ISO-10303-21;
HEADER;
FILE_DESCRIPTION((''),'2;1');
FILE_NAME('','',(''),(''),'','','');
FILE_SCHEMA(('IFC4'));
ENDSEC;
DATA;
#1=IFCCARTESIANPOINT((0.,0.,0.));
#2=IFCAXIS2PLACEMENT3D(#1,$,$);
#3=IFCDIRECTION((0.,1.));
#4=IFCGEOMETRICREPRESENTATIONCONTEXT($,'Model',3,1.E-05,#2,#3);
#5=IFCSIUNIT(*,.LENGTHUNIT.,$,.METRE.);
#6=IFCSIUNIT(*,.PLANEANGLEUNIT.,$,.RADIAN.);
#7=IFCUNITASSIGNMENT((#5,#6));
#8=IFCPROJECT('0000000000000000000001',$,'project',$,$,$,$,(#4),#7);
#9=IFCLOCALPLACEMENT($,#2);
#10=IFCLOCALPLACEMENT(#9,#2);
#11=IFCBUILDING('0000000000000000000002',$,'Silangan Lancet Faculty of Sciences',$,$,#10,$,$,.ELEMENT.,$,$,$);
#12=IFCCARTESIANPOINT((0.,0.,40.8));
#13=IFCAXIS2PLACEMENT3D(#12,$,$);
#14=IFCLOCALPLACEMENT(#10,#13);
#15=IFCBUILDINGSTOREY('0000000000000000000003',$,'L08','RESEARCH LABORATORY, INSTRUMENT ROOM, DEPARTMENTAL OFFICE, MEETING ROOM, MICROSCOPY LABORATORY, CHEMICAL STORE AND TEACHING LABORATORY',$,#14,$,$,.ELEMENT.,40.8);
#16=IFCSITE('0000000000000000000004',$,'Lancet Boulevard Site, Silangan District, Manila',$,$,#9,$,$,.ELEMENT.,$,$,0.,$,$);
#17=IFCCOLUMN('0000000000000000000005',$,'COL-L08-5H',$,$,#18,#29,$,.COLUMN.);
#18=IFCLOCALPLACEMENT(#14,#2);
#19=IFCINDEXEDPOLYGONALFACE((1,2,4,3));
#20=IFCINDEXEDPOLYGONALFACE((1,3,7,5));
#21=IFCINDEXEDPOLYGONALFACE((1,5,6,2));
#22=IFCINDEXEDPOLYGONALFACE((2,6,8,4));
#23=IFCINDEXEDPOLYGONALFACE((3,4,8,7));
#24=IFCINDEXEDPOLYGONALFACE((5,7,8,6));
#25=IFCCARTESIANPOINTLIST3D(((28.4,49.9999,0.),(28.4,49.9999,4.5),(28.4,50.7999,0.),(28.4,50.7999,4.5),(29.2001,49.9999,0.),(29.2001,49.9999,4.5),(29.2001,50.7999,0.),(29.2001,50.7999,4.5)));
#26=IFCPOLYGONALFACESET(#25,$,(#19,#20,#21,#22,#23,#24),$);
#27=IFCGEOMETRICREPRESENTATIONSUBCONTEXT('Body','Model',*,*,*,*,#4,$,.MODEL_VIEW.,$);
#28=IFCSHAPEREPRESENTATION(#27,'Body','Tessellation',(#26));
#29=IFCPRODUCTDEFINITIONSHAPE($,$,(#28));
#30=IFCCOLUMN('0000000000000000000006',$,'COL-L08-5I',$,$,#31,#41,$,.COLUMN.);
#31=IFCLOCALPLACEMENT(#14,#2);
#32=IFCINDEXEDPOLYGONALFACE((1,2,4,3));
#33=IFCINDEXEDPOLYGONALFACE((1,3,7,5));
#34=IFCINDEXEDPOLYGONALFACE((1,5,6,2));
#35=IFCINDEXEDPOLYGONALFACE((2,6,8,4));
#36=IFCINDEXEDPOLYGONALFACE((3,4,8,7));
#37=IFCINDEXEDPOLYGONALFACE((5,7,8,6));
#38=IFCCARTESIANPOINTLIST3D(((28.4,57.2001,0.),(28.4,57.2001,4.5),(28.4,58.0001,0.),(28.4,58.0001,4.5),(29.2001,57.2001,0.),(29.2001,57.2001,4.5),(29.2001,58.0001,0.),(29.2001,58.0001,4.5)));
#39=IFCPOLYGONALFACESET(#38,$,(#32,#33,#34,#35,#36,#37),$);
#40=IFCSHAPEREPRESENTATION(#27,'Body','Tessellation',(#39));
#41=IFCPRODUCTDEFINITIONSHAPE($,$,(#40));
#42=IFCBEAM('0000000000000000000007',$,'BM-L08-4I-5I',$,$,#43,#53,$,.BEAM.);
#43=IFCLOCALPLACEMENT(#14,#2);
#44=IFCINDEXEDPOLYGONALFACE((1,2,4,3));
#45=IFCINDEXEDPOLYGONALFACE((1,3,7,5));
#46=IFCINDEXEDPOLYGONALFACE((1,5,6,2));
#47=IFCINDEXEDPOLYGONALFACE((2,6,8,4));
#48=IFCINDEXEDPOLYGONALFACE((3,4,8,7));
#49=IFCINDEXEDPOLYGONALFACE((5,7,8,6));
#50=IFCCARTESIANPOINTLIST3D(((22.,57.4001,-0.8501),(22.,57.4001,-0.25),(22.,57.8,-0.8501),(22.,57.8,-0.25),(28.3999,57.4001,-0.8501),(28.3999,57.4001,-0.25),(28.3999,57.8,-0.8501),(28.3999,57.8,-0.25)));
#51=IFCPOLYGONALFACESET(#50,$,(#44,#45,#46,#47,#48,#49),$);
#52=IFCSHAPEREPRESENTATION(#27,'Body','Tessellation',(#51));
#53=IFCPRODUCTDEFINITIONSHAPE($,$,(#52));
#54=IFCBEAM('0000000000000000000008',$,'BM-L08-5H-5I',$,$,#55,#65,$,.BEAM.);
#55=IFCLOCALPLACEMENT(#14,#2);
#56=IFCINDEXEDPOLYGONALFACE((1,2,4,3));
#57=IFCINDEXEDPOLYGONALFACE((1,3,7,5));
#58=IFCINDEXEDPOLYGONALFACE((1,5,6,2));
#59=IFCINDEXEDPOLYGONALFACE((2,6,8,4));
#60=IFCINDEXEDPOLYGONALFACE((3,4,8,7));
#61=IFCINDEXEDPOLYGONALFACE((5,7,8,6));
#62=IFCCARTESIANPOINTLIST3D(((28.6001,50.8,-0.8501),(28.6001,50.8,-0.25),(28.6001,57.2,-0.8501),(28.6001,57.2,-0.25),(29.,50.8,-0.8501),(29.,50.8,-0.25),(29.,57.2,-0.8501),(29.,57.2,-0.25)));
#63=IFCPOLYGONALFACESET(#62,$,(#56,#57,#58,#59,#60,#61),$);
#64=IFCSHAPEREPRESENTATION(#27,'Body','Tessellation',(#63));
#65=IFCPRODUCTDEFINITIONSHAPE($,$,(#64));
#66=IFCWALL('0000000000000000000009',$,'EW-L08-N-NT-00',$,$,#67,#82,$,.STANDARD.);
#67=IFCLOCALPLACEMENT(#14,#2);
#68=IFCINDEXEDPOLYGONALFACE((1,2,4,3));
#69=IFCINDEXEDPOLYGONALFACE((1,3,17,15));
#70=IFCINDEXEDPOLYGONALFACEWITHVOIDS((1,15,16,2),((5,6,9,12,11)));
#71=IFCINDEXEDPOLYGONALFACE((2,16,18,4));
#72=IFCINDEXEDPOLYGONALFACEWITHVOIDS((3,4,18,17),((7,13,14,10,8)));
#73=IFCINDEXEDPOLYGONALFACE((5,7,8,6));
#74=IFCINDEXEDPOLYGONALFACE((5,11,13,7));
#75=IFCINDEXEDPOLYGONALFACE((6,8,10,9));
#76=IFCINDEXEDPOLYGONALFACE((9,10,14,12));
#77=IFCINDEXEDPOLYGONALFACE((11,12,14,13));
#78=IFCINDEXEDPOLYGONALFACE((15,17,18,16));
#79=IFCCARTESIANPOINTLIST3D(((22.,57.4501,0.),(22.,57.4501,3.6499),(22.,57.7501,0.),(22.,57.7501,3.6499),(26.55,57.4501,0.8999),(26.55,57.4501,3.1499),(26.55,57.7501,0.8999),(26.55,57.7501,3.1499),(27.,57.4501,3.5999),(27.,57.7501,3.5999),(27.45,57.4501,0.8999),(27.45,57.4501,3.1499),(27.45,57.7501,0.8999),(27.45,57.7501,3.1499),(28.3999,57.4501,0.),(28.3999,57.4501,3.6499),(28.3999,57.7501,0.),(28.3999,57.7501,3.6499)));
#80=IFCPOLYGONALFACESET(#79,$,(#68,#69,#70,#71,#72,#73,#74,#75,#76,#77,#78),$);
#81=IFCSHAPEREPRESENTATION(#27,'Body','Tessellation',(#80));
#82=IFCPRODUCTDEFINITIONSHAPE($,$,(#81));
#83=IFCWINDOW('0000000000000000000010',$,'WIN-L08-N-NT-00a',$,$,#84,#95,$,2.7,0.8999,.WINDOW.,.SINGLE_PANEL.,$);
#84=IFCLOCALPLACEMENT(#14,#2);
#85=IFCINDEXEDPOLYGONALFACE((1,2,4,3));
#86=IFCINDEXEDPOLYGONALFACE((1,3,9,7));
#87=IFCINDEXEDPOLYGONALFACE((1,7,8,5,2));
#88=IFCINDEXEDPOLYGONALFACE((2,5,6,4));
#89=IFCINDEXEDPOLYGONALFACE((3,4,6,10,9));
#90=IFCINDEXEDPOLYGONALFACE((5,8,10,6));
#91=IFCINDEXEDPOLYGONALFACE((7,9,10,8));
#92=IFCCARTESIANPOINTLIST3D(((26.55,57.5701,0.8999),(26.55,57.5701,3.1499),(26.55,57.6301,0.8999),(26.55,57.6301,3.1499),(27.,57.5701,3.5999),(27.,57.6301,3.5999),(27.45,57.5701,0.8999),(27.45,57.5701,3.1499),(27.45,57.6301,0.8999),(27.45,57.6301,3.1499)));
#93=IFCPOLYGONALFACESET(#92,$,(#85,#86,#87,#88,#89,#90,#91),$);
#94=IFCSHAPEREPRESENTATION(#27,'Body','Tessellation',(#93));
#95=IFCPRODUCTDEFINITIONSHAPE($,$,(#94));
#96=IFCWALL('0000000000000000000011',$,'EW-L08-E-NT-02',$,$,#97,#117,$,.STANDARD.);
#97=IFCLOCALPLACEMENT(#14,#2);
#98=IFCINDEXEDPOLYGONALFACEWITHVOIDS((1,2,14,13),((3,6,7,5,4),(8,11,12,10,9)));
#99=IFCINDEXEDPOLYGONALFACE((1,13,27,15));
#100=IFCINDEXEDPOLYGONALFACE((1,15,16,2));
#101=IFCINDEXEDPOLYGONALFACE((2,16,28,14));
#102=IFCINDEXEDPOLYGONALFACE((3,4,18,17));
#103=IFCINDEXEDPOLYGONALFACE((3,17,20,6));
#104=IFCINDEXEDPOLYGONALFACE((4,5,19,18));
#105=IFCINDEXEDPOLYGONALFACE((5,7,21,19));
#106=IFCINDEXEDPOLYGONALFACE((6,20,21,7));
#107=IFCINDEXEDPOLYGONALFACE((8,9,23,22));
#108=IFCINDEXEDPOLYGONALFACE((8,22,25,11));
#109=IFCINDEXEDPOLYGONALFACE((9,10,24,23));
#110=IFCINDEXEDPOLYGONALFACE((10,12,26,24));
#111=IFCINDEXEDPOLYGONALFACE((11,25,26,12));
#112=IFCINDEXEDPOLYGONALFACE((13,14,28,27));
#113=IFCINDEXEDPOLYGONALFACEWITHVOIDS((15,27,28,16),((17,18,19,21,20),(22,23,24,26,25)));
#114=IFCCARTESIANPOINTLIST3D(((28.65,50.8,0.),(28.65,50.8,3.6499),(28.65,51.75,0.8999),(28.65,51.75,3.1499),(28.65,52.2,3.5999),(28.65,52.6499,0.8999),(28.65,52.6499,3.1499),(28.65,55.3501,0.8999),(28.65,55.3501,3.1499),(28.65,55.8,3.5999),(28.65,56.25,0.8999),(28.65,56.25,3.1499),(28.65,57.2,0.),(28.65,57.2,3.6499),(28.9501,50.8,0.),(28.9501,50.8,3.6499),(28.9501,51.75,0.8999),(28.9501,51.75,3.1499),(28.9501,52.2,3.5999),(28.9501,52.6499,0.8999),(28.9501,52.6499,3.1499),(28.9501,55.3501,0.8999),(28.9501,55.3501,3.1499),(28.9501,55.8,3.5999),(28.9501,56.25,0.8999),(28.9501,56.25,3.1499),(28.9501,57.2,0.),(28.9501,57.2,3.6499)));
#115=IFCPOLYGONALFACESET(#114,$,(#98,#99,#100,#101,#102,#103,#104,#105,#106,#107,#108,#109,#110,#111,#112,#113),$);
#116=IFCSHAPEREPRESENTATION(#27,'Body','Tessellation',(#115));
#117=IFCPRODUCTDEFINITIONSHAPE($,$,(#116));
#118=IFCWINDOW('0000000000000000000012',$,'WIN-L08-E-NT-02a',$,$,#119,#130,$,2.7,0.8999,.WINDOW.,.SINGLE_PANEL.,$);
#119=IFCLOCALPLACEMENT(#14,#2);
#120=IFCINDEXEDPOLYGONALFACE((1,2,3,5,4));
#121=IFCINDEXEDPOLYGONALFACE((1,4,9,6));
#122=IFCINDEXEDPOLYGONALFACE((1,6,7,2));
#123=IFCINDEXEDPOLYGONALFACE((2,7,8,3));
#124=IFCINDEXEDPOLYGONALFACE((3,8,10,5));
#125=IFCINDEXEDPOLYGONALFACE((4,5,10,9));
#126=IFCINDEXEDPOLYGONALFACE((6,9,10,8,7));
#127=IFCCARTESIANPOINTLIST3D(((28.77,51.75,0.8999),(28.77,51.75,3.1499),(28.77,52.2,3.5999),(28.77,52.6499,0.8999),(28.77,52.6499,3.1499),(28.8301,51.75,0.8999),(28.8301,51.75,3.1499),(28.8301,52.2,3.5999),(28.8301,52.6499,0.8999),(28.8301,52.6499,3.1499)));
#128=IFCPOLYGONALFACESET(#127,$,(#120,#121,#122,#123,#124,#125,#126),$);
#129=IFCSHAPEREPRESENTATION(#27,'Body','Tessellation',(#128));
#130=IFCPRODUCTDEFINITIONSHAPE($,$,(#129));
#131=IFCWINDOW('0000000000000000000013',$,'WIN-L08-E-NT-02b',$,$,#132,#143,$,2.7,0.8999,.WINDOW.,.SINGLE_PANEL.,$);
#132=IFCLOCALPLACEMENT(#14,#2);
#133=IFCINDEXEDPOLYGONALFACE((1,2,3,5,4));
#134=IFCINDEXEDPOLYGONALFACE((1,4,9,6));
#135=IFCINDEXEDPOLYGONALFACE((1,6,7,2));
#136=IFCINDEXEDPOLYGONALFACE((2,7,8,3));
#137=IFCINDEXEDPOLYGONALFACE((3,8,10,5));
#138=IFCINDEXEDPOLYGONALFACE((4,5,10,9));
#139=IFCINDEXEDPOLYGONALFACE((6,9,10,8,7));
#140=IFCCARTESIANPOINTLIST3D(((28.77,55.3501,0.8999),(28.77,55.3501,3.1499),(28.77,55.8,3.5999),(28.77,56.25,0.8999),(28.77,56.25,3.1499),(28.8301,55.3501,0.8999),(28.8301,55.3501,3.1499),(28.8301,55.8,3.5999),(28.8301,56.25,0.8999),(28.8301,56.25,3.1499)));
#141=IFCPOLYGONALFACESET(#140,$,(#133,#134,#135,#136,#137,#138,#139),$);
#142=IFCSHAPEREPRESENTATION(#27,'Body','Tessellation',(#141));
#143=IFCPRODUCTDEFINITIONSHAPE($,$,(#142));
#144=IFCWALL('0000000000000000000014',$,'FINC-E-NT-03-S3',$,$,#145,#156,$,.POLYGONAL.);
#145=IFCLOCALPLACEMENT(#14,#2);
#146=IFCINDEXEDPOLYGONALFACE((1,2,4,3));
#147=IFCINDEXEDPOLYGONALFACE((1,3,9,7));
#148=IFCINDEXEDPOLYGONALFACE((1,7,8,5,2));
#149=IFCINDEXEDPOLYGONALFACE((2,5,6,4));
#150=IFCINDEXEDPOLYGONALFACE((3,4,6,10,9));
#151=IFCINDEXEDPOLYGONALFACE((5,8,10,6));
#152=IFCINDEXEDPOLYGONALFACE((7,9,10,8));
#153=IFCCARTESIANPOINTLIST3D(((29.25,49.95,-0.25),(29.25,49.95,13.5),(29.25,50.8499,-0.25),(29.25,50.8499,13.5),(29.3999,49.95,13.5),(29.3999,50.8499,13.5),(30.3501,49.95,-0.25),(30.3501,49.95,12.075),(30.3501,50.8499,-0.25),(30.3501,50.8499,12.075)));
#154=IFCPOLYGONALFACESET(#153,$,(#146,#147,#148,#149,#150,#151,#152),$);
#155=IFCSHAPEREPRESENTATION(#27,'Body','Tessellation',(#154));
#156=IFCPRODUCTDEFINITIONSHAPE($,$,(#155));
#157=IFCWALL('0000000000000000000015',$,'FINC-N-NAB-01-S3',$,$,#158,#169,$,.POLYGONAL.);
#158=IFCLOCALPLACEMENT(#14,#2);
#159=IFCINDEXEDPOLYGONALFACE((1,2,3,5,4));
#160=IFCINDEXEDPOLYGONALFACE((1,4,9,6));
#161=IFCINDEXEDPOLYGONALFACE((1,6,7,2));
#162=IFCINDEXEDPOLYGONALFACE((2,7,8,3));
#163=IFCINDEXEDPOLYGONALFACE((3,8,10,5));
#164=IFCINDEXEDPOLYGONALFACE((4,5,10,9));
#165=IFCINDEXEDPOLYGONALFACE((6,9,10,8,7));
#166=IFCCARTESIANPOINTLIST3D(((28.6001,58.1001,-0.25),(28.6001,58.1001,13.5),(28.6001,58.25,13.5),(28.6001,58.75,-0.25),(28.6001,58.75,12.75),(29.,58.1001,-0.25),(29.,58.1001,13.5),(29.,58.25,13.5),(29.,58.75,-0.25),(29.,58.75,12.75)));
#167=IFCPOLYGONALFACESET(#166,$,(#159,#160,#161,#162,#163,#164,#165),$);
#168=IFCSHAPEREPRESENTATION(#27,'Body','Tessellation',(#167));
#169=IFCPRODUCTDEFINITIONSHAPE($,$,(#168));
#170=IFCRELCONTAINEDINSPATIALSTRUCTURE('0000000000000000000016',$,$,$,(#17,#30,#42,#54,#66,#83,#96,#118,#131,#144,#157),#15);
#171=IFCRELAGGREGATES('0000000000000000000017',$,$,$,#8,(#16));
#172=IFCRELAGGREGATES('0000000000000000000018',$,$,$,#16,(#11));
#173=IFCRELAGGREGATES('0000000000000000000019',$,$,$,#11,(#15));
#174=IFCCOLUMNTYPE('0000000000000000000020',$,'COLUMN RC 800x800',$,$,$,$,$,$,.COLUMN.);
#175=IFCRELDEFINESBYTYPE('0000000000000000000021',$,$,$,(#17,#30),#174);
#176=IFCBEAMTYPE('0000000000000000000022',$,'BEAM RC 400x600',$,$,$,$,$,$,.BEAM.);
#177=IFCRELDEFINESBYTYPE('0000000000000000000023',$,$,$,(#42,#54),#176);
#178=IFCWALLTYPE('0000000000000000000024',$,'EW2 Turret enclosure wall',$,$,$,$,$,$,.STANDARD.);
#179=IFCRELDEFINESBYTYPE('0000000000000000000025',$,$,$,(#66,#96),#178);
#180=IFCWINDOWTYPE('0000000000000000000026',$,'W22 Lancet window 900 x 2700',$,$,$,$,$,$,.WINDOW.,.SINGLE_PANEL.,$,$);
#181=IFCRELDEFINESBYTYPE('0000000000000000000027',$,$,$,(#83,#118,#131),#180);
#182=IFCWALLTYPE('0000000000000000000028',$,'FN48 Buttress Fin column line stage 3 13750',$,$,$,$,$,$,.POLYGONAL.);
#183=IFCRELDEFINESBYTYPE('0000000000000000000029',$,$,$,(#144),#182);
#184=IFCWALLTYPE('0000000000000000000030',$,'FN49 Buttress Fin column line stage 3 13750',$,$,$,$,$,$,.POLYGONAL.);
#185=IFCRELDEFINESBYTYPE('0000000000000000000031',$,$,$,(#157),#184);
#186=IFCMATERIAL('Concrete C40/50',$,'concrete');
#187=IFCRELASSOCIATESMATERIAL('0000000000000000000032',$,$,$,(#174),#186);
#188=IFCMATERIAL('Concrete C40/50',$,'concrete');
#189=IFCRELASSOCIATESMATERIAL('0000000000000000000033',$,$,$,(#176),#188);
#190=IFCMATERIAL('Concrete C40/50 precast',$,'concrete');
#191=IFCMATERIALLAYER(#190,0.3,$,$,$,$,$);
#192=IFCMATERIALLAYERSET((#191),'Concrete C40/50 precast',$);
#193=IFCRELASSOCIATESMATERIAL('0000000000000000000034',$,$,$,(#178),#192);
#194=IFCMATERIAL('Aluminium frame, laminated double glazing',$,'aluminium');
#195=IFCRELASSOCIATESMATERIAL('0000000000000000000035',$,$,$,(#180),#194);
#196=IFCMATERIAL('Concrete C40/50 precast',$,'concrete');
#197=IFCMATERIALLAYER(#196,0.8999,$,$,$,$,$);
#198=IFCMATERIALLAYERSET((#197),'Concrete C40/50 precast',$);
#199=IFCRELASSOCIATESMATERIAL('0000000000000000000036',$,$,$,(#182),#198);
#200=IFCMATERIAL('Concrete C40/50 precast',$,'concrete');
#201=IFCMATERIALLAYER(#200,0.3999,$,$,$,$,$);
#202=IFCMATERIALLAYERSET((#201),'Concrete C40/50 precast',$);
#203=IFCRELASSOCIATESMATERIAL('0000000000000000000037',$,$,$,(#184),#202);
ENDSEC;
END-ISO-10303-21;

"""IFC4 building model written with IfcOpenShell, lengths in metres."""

from ifc_helpers import new_model, si_unit, direction, frame, frame_2d, origin, origin_2d, place, context, subcontext, project, spatial, polyline, rectangle, outline, extrude, material, layer, layer_set, material_profile, profile_set, type_object, element, fill, save


model = new_model("IFC4")

# Units and contexts
model_context = context("Model", 3, precision=1e-05, world=origin(), true_north=direction((0.0, 1.0)))
body_context = subcontext(model_context, "Body", "Model", "MODEL_VIEW")
ifc_project = project(units=[si_unit("LENGTHUNIT", "METRE"), si_unit("PLANEANGLEUNIT", "RADIAN")], contexts=[model_context])

# Site, building, storey
site_placement = place(None, origin())
site = spatial("IfcSite", under=ifc_project, at=site_placement, Name="Lancet Boulevard Site, Silangan District, Manila", CompositionType="ELEMENT", RefElevation=0.0)
building_placement = place(site_placement, origin())
building = spatial("IfcBuilding", under=site, at=building_placement, Name="Silangan Lancet Faculty of Sciences", CompositionType="ELEMENT")
storey_placement = place(building_placement, frame((0.0, 0.0, 40.8)))
storey = spatial("IfcBuildingStorey", under=building, at=storey_placement, Name="L08", Description="RESEARCH LABORATORY, INSTRUMENT ROOM, DEPARTMENTAL OFFICE, MEETING ROOM, MICROSCOPY LABORATORY, CHEMICAL STORE AND TEACHING LABORATORY", CompositionType="ELEMENT", Elevation=40.8)

# Columns
ifc_material_1 = material(Name="Concrete C40/50", Category="concrete")
ifc_material_profile_1 = material_profile(ifc_material_1, rectangle(XDim=0.8, YDim=0.8, at=origin_2d()), Name="RC 800x800")
ifc_profile_set_1 = profile_set([ifc_material_profile_1], Name="Concrete C40/50")
column_type = type_object("IfcColumnType", Name="COLUMN RC 800x800", PredefinedType="COLUMN", material=ifc_profile_set_1)
for number, where, z_axis, x_axis, name in (
    (1, (28.8, 50.3999, 0.0), (0.0, 0.0, 1.0), (1.0, 0.0, 0.0), "COL-L08-5H"),
    (2, (28.8, 57.6001, 0.0), (0.0, 0.0, 1.0), (1.0, 0.0, 0.0), "COL-L08-5I"),
):
    element("IfcColumn", number, at=place(storey_placement, frame(where, z_axis=z_axis, x_axis=x_axis)), inside=storey, type_object=column_type, Name=name, PredefinedType="COLUMN", context=body_context, shape_type="SweptSolid", body=[
        extrude(rectangle(XDim=0.8, YDim=0.8, at=origin_2d()), origin(), (0.0, 0.0, 1.0), 4.5),
    ])

# Beams
ifc_material_2 = material(Name="Concrete C40/50", Category="concrete")
ifc_material_profile_2 = material_profile(ifc_material_2, rectangle(XDim=0.3999, YDim=0.6001, at=origin_2d()), Name="RC 400x600")
ifc_profile_set_2 = profile_set([ifc_material_profile_2], Name="Concrete C40/50")
beam_type = type_object("IfcBeamType", Name="BEAM RC 400x600", PredefinedType="BEAM", material=ifc_profile_set_2)
for number, where, z_axis, x_axis, name in (
    (3, (22.0, 57.6001, -0.55), (1.0, 0.0, 0.0), (0.0, 1.0, 0.0), "BM-L08-4I-5I"),
    (4, (28.8, 50.8, -0.55), (0.0, 1.0, 0.0), (-1.0, 0.0, 0.0), "BM-L08-5H-5I"),
):
    element("IfcBeam", number, at=place(storey_placement, frame(where, z_axis=z_axis, x_axis=x_axis)), inside=storey, type_object=beam_type, Name=name, PredefinedType="BEAM", context=body_context, shape_type="SweptSolid", body=[
        extrude(rectangle(XDim=0.3999, YDim=0.6001, at=origin_2d()), origin(), (0.0, 0.0, 1.0), 6.3999),
    ])

# Wall, opening, window
ifc_material_3 = material(Name="Concrete C40/50 precast", Category="concrete")
ifc_layer_1 = layer(ifc_material_3, 0.3)
ifc_layer_set_1 = layer_set([ifc_layer_1], Name="Concrete C40/50 precast")
wall_type_1 = type_object("IfcWallType", Name="EW2 Turret enclosure wall", PredefinedType="STANDARD", material=ifc_layer_set_1)
wall_1_placement = place(storey_placement, frame((28.3999, 57.6001, 0.0), z_axis=(0.0, 0.0, 1.0), x_axis=(-1.0, 0.0, 0.0)))
wall_1 = element("IfcWall", 5, at=wall_1_placement, inside=storey, type_object=wall_type_1, Name="EW-L08-N-NT-00", PredefinedType="STANDARD", context=body_context, shape_type="SweptSolid", body=[
    extrude(rectangle(XDim=6.3999, YDim=0.3, at=frame_2d((3.2, 0.0))), origin(), (0.0, 0.0, 1.0), 3.6499),
])
opening_1_placement = place(wall_1_placement, frame((0.95, 0.0, 0.8999)))
opening_1 = element("IfcOpeningElement", 6, at=opening_1_placement, cuts=wall_1, PredefinedType="OPENING", context=body_context, shape_type="SweptSolid", body=[
    extrude(outline(polyline([(0.0, 0.0), (0.8999, 0.0), (0.8999, 2.25), (0.45, 2.7), (0.0, 2.25), (0.0, 0.0)])), frame((0.0, 0.1599, 0.0), z_axis=(0.0, -1.0, 0.0), x_axis=(1.0, 0.0, 0.0)), (0.0, 0.0, 1.0), 0.3201),
])
ifc_material_4 = material(Name="Aluminium frame, laminated double glazing", Category="aluminium")
window_type = type_object("IfcWindowType", Name="W22 Lancet window 900 x 2700", PartitioningType="SINGLE_PANEL", PredefinedType="WINDOW", material=ifc_material_4)
window_1_placement = place(opening_1_placement, origin())
window_1 = element("IfcWindow", 7, at=window_1_placement, inside=storey, type_object=window_type, Name="WIN-L08-N-NT-00a", OverallHeight=2.7, OverallWidth=0.8999, PartitioningType="SINGLE_PANEL", PredefinedType="WINDOW", context=body_context, shape_type="SweptSolid", body=[
    extrude(outline(polyline([(0.0, 0.0), (0.8999, 0.0), (0.8999, 2.25), (0.45, 2.7), (0.0, 2.25), (0.0, 0.0)])), frame((0.0, 0.03, 0.0), z_axis=(0.0, -1.0, 0.0), x_axis=(1.0, 0.0, 0.0)), (0.0, 0.0, 1.0), 0.0601),
])
fill(opening_1, window_1)

# Wall, openings, windows
wall_2_placement = place(storey_placement, frame((28.8, 50.8, 0.0), z_axis=(0.0, 0.0, 1.0), x_axis=(0.0, 1.0, 0.0)))
wall_2 = element("IfcWall", 8, at=wall_2_placement, inside=storey, type_object=wall_type_1, Name="EW-L08-E-NT-02", PredefinedType="STANDARD", context=body_context, shape_type="SweptSolid", body=[
    extrude(rectangle(XDim=6.3999, YDim=0.3, at=frame_2d((3.2, 0.0))), origin(), (0.0, 0.0, 1.0), 3.6499),
])
opening_2_placement = place(wall_2_placement, frame((0.95, 0.0, 0.8999)))
opening_2 = element("IfcOpeningElement", 9, at=opening_2_placement, cuts=wall_2, PredefinedType="OPENING", context=body_context, shape_type="SweptSolid", body=[
    extrude(outline(polyline([(0.0, 0.0), (0.8999, 0.0), (0.8999, 2.25), (0.45, 2.7), (0.0, 2.25), (0.0, 0.0)])), frame((0.0, 0.1599, 0.0), z_axis=(0.0, -1.0, 0.0), x_axis=(1.0, 0.0, 0.0)), (0.0, 0.0, 1.0), 0.3201),
])
opening_3_placement = place(wall_2_placement, frame((4.55, 0.0, 0.8999)))
opening_3 = element("IfcOpeningElement", 10, at=opening_3_placement, cuts=wall_2, PredefinedType="OPENING", context=body_context, shape_type="SweptSolid", body=[
    extrude(outline(polyline([(0.0, 0.0), (0.8999, 0.0), (0.8999, 2.25), (0.45, 2.7), (0.0, 2.25), (0.0, 0.0)])), frame((0.0, 0.1599, 0.0), z_axis=(0.0, -1.0, 0.0), x_axis=(1.0, 0.0, 0.0)), (0.0, 0.0, 1.0), 0.3201),
])
window_2_placement = place(opening_2_placement, origin())
window_2 = element("IfcWindow", 11, at=window_2_placement, inside=storey, type_object=window_type, Name="WIN-L08-E-NT-02a", OverallHeight=2.7, OverallWidth=0.8999, PartitioningType="SINGLE_PANEL", PredefinedType="WINDOW", context=body_context, shape_type="SweptSolid", body=[
    extrude(outline(polyline([(0.0, 0.0), (0.8999, 0.0), (0.8999, 2.25), (0.45, 2.7), (0.0, 2.25), (0.0, 0.0)])), frame((0.0, 0.03, 0.0), z_axis=(0.0, -1.0, 0.0), x_axis=(1.0, 0.0, 0.0)), (0.0, 0.0, 1.0), 0.0601),
])
fill(opening_2, window_2)
window_3_placement = place(opening_3_placement, origin())
window_3 = element("IfcWindow", 12, at=window_3_placement, inside=storey, type_object=window_type, Name="WIN-L08-E-NT-02b", OverallHeight=2.7, OverallWidth=0.8999, PartitioningType="SINGLE_PANEL", PredefinedType="WINDOW", context=body_context, shape_type="SweptSolid", body=[
    extrude(outline(polyline([(0.0, 0.0), (0.8999, 0.0), (0.8999, 2.25), (0.45, 2.7), (0.0, 2.25), (0.0, 0.0)])), frame((0.0, 0.03, 0.0), z_axis=(0.0, -1.0, 0.0), x_axis=(1.0, 0.0, 0.0)), (0.0, 0.0, 1.0), 0.0601),
])
fill(opening_3, window_3)

# Walls
ifc_material_5 = material(Name="Concrete C40/50 precast", Category="concrete")
ifc_layer_2 = layer(ifc_material_5, 0.8999)
ifc_layer_set_2 = layer_set([ifc_layer_2], Name="Concrete C40/50 precast")
wall_type_2 = type_object("IfcWallType", Name="FN48 Buttress Fin column line stage 3 13750", PredefinedType="POLYGONAL", material=ifc_layer_set_2)
wall_3_placement = place(storey_placement, frame((29.25, 50.3999, -0.25), z_axis=(0.0, 0.0, 1.0), x_axis=(1.0, 0.0, 0.0)))
element("IfcWall", 13, at=wall_3_placement, inside=storey, type_object=wall_type_2, Name="FINC-E-NT-03-S3", PredefinedType="POLYGONAL", context=body_context, shape_type="SweptSolid", body=[
    extrude(outline(polyline([(1.1001, 0.0), (1.1001, 12.325), (0.1499, 13.75), (0.0, 13.75), (0.0, 0.0), (1.1001, 0.0)])), frame((0.0, 0.45, 0.0), z_axis=(0.0, -1.0, 0.0), x_axis=(1.0, 0.0, 0.0)), (0.0, 0.0, 1.0), 0.8999),
])
ifc_material_6 = material(Name="Concrete C40/50 precast", Category="concrete")
ifc_layer_3 = layer(ifc_material_6, 0.3999)
ifc_layer_set_3 = layer_set([ifc_layer_3], Name="Concrete C40/50 precast")
wall_type_3 = type_object("IfcWallType", Name="FN49 Buttress Fin column line stage 3 13750", PredefinedType="POLYGONAL", material=ifc_layer_set_3)
wall_4_placement = place(storey_placement, frame((28.8, 58.1001, -0.25), z_axis=(0.0, 0.0, 1.0), x_axis=(0.0, 1.0, 0.0)))
element("IfcWall", 14, at=wall_4_placement, inside=storey, type_object=wall_type_3, Name="FINC-N-NAB-01-S3", PredefinedType="POLYGONAL", context=body_context, shape_type="SweptSolid", body=[
    extrude(outline(polyline([(0.6499, 0.0), (0.6499, 13.0), (0.1499, 13.75), (0.0, 13.75), (0.0, 0.0), (0.6499, 0.0)])), frame((0.0, 0.2, 0.0), z_axis=(0.0, -1.0, 0.0), x_axis=(1.0, 0.0, 0.0)), (0.0, 0.0, 1.0), 0.3999),
])

save(model, "model.ifc")
